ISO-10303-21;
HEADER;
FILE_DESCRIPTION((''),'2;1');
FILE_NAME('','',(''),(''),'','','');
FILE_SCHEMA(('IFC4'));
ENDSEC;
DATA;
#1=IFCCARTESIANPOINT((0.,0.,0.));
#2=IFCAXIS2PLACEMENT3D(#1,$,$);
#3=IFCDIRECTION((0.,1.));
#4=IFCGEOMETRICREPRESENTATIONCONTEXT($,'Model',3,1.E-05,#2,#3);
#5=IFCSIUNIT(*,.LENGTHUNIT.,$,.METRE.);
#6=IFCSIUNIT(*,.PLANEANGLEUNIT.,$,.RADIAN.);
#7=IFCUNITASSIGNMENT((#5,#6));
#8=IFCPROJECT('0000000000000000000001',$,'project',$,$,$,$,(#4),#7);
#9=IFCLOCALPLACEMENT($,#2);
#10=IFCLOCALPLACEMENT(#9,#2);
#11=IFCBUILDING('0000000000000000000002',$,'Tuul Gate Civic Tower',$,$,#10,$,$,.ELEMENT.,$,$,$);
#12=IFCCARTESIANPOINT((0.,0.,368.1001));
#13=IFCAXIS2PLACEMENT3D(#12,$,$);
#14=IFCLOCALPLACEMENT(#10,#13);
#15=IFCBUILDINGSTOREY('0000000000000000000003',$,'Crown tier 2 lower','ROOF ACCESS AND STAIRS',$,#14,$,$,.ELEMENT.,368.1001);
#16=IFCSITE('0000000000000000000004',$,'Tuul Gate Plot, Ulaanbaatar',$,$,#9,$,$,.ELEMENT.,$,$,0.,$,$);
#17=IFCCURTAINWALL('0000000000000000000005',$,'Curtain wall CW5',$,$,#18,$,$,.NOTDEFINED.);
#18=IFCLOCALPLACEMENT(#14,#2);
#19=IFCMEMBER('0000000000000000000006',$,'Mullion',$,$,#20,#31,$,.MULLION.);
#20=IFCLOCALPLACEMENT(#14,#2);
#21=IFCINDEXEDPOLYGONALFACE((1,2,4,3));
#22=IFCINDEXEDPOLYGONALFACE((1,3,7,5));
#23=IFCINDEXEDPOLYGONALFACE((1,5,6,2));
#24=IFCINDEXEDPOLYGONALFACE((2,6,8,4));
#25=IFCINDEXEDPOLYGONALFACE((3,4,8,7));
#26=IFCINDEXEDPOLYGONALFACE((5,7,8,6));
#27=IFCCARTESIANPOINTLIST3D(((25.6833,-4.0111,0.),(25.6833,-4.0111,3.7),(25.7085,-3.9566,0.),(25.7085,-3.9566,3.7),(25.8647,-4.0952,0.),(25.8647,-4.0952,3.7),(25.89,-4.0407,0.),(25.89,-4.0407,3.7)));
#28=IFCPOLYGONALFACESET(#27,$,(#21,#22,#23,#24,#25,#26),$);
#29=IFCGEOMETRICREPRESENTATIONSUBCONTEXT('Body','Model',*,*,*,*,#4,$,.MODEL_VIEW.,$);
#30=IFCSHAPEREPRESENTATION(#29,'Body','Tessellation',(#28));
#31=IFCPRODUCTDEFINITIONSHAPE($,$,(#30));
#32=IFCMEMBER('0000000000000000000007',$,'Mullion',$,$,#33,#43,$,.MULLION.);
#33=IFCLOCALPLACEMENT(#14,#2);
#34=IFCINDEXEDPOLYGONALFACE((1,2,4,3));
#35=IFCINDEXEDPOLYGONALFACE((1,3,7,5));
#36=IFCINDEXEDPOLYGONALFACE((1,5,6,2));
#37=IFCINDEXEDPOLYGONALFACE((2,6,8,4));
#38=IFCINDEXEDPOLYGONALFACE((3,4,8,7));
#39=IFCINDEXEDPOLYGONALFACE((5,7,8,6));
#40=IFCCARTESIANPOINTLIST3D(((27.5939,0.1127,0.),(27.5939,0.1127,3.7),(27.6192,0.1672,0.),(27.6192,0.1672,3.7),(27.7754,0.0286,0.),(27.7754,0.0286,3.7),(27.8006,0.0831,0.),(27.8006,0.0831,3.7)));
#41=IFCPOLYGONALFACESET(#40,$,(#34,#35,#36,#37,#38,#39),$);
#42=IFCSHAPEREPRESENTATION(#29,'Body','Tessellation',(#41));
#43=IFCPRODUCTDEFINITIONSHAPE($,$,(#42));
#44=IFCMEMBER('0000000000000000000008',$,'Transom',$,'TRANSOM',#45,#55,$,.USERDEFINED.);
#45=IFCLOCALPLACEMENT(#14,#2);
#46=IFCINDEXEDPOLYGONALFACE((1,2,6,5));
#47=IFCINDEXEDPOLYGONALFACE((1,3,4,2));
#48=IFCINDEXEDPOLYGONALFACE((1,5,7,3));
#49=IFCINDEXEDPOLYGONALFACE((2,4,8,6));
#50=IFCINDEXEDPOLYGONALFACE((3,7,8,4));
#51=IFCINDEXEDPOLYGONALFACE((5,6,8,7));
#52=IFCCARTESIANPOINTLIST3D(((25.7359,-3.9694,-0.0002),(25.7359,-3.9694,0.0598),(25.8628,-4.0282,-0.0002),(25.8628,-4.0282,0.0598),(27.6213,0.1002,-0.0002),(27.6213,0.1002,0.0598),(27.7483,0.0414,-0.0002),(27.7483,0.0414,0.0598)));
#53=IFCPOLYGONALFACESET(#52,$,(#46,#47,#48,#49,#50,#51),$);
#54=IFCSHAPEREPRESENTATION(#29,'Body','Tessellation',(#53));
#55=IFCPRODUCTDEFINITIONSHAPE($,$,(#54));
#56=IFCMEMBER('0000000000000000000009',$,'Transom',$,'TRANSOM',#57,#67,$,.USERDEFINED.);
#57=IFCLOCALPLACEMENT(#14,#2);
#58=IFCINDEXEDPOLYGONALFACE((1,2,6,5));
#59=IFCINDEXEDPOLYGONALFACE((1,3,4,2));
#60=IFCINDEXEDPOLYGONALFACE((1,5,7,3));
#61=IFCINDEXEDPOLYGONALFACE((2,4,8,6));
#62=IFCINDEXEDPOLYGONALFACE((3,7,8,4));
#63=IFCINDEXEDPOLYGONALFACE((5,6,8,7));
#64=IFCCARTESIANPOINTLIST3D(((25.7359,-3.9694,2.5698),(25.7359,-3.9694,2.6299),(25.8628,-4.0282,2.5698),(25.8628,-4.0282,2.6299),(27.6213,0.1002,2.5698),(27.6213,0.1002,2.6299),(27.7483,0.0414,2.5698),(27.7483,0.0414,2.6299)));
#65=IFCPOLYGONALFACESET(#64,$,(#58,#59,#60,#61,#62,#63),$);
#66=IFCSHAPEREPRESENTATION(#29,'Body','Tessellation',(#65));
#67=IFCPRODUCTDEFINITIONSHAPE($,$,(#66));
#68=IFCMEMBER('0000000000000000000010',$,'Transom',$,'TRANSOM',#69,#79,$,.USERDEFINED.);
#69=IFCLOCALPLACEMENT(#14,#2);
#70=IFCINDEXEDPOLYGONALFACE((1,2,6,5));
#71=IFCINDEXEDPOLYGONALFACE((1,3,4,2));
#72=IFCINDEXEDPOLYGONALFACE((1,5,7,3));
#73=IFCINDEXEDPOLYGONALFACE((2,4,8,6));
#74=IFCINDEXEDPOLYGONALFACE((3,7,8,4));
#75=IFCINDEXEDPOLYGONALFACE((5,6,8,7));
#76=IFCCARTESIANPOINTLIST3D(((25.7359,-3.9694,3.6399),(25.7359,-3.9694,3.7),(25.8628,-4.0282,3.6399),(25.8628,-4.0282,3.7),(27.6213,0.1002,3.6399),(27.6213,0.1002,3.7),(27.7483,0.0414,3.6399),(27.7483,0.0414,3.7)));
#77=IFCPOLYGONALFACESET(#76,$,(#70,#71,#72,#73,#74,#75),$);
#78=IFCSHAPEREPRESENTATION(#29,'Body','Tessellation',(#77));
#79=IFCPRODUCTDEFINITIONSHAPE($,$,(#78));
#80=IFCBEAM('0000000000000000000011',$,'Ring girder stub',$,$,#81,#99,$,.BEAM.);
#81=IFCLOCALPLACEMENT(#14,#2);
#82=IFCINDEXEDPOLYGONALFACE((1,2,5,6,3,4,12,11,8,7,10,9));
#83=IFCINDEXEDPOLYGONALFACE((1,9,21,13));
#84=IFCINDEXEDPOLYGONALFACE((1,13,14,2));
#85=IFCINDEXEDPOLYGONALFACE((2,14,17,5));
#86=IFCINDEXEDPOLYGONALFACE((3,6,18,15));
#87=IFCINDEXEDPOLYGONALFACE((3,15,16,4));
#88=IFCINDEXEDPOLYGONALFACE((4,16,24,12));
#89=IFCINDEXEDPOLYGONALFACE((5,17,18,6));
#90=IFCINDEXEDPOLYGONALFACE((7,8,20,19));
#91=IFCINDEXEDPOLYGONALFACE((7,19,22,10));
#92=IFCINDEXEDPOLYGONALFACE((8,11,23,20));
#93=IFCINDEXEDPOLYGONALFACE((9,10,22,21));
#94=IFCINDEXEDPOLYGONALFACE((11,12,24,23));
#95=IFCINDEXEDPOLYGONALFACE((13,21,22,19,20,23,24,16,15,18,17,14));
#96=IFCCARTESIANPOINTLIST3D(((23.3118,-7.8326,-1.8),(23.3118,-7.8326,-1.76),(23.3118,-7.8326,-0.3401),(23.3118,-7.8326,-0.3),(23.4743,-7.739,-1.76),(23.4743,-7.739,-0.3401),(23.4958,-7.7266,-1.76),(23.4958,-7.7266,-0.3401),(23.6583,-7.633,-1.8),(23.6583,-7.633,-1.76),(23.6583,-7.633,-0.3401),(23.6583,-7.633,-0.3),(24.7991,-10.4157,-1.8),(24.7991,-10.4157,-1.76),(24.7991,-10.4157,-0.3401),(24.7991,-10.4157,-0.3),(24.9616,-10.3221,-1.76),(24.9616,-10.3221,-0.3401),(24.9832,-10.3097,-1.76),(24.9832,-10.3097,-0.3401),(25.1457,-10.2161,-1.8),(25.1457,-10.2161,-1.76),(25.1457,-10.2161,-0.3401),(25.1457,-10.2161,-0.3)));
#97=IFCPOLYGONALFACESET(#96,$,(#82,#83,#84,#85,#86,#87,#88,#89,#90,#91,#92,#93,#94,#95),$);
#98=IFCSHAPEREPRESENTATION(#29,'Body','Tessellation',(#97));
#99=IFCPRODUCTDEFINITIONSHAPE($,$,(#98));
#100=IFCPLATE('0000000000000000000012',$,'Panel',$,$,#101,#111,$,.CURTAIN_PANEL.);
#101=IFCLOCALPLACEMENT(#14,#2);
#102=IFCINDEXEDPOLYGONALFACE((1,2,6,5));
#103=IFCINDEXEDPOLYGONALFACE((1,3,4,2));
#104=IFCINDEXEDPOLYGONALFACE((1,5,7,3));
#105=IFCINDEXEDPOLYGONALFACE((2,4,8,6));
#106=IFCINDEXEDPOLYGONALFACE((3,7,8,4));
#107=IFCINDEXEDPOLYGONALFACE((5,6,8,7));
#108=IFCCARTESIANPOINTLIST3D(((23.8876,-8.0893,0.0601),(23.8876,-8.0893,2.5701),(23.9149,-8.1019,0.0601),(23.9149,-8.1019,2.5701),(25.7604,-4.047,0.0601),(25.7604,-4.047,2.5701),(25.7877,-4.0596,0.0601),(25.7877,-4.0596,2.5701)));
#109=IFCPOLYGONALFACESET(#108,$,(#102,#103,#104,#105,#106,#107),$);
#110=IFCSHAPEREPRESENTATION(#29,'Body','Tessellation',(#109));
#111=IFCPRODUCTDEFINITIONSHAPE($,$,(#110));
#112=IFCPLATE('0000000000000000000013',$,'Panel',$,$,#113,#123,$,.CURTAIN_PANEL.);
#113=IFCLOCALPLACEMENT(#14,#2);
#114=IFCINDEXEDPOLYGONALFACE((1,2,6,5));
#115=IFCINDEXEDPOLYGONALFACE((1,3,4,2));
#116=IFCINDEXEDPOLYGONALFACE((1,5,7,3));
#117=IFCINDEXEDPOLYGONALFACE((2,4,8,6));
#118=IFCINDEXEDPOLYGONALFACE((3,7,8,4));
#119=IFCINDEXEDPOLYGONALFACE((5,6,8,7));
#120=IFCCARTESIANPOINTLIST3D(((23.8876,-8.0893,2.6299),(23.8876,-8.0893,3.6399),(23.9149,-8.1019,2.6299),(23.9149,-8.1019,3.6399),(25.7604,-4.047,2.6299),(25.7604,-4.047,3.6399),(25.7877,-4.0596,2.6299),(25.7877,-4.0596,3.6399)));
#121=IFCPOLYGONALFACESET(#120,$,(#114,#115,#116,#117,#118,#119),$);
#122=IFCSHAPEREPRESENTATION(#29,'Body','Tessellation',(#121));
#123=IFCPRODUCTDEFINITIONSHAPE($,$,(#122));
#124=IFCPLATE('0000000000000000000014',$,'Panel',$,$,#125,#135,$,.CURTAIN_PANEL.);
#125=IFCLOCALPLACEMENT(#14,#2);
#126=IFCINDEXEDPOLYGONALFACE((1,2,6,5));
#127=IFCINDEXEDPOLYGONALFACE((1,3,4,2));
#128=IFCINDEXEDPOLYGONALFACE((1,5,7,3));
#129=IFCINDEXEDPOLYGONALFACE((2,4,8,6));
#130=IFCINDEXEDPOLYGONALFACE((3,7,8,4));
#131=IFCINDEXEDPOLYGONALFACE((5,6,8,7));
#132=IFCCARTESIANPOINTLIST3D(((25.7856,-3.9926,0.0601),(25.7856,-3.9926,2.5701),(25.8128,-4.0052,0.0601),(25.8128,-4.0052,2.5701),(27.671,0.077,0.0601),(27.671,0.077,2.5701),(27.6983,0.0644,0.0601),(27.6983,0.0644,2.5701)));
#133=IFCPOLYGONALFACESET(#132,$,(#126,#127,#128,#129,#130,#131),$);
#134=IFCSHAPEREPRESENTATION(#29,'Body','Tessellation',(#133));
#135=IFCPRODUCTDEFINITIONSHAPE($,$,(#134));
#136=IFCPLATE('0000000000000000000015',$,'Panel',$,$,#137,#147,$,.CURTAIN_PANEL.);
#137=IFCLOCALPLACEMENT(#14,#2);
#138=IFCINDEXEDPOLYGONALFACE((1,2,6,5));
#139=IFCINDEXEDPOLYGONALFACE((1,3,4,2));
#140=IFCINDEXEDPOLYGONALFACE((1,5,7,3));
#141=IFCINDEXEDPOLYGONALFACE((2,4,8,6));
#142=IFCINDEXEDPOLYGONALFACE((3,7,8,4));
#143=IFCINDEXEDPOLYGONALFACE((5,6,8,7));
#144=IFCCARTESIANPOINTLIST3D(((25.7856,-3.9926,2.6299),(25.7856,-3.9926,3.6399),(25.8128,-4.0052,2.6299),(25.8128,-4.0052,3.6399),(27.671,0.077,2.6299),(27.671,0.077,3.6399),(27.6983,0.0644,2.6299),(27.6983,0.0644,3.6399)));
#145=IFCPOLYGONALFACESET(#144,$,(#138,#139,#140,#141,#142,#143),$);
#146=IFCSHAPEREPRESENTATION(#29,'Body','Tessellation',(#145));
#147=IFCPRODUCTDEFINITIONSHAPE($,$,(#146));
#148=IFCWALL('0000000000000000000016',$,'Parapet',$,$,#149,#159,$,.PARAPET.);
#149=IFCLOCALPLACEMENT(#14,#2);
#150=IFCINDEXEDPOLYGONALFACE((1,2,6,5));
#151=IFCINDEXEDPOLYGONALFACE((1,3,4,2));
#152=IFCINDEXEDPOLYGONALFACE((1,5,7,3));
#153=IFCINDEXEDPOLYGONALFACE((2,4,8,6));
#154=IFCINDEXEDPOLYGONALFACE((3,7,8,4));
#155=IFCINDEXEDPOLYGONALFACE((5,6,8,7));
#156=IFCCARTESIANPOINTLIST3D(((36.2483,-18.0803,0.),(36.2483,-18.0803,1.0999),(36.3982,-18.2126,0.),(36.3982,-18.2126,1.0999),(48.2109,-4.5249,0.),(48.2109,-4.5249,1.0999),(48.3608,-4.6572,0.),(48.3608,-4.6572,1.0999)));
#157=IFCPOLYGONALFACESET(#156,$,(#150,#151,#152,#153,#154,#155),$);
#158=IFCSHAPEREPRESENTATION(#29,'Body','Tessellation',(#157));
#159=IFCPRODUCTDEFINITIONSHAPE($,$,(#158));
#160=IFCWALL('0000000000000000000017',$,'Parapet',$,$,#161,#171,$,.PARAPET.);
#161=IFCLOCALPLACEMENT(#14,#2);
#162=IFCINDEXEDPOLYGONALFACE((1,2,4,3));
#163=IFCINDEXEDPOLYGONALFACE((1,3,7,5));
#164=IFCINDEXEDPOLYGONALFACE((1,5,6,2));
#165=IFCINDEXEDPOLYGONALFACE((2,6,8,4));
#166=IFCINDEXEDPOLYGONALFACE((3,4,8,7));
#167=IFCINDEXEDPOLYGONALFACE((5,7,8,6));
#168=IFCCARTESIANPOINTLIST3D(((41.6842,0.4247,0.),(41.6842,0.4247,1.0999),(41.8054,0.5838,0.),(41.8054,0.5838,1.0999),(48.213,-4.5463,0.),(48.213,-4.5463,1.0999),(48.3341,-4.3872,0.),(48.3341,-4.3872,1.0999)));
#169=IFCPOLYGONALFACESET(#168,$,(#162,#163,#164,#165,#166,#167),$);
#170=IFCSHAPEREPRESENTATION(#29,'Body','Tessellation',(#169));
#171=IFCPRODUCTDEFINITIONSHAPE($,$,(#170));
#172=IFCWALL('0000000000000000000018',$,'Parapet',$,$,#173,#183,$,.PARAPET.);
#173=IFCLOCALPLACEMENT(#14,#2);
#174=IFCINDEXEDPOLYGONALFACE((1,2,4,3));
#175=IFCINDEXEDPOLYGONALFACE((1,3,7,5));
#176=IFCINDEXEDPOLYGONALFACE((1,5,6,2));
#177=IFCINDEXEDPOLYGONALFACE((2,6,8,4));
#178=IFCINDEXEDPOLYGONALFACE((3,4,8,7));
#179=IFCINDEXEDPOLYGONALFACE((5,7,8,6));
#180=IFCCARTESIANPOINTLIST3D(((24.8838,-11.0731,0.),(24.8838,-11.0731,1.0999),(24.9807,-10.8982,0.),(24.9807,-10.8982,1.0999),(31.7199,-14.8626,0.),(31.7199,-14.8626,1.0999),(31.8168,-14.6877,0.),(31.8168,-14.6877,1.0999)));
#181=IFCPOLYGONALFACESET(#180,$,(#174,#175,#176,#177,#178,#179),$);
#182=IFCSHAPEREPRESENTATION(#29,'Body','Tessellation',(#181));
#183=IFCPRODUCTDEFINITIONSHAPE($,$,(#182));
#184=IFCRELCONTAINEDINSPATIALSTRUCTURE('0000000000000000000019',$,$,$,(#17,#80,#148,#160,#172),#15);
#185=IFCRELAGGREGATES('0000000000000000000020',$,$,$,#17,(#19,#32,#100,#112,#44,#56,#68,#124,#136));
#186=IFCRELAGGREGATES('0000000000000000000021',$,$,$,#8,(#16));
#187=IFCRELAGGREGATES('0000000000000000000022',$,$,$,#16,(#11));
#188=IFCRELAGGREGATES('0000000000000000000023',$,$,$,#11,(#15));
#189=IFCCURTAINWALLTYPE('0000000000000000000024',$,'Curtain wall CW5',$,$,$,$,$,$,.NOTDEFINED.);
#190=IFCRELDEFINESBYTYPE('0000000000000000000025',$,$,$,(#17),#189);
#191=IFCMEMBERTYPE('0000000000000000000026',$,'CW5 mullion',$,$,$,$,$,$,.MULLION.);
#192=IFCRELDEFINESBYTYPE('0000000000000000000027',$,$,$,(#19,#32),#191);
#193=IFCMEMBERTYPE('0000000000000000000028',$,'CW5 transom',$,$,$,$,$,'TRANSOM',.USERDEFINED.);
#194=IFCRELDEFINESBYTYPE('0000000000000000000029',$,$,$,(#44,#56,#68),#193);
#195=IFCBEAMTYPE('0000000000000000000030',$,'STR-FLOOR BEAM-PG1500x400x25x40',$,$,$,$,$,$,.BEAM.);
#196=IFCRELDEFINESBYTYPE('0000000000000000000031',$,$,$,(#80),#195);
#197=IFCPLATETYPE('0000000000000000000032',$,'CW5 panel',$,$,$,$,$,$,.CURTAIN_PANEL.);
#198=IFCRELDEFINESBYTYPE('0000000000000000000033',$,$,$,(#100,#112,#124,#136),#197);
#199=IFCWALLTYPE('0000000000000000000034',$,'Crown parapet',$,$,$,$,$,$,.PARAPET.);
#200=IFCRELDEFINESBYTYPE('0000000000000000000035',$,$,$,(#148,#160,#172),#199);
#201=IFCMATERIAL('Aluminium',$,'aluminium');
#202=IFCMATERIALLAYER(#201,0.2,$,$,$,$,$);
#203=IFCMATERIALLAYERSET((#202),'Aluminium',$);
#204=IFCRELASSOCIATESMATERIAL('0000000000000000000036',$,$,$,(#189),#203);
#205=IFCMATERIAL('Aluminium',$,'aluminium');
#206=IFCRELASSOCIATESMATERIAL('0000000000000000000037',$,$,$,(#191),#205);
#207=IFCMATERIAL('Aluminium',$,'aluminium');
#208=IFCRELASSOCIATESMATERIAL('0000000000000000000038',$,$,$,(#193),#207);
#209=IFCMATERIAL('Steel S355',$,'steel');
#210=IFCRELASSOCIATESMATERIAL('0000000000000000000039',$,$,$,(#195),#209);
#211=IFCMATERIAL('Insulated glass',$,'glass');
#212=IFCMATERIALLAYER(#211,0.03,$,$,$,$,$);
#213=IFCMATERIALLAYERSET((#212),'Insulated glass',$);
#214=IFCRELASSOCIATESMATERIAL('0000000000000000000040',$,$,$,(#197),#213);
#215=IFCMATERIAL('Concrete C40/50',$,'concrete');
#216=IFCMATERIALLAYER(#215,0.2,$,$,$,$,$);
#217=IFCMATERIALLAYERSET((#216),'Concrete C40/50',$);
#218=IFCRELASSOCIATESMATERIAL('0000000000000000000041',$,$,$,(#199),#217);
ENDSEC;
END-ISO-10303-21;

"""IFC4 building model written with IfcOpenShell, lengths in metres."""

from ifc_helpers import new_model, si_unit, direction, frame, frame_2d, origin, origin_2d, place, context, subcontext, project, spatial, rectangle, i_section, extrude, material, layer, layer_set, material_profile, profile_set, type_object, element, aggregate, save


model = new_model("IFC4")

# Units and contexts
model_context = context("Model", 3, precision=1e-05, world=origin(), true_north=direction((0.0, 1.0)))
body_context = subcontext(model_context, "Body", "Model", "MODEL_VIEW")
ifc_project = project(units=[si_unit("LENGTHUNIT", "METRE"), si_unit("PLANEANGLEUNIT", "RADIAN")], contexts=[model_context])

# Site, building, storey
site_placement = place(None, origin())
site = spatial("IfcSite", under=ifc_project, at=site_placement, Name="Tuul Gate Plot, Ulaanbaatar", CompositionType="ELEMENT", RefElevation=0.0)
building_placement = place(site_placement, origin())
building = spatial("IfcBuilding", under=site, at=building_placement, Name="Tuul Gate Civic Tower", CompositionType="ELEMENT")
storey_placement = place(building_placement, frame((0.0, 0.0, 368.1001)))
storey = spatial("IfcBuildingStorey", under=building, at=storey_placement, Name="Crown tier 2 lower", Description="ROOF ACCESS AND STAIRS", CompositionType="ELEMENT", Elevation=368.1001)

# Curtain wall, members
ifc_material_1 = material(Name="Aluminium", Category="aluminium")
ifc_layer_1 = layer(ifc_material_1, 0.2)
ifc_layer_set_1 = layer_set([ifc_layer_1], Name="Aluminium")
curtain_wall_type = type_object("IfcCurtainWallType", Name="Curtain wall CW5", PredefinedType="NOTDEFINED", material=ifc_layer_set_1)
curtain_wall_placement = place(storey_placement, origin())
curtain_wall = element("IfcCurtainWall", 1, at=curtain_wall_placement, inside=storey, type_object=curtain_wall_type, Name="Curtain wall CW5", PredefinedType="NOTDEFINED")
ifc_material_2 = material(Name="Aluminium", Category="aluminium")
ifc_material_profile_1 = material_profile(ifc_material_2, rectangle(XDim=0.2, YDim=0.0601, at=origin_2d()), Name="CW5 mullion")
ifc_profile_set_1 = profile_set([ifc_material_profile_1], Name="Aluminium")
member_type_1 = type_object("IfcMemberType", Name="CW5 mullion", PredefinedType="MULLION", material=ifc_profile_set_1)
member_1_placement = place(storey_placement, frame((25.7866, -4.0259, 0.0), z_axis=(0.0, 0.0, 1.0), x_axis=(-0.907349, 0.420379, 0.0)))
member_1 = element("IfcMember", 2, at=member_1_placement, type_object=member_type_1, Name="Mullion", PredefinedType="MULLION", context=body_context, shape_type="SweptSolid", body=[
    extrude(rectangle(XDim=0.2, YDim=0.0601, at=origin_2d()), origin(), (0.0, 0.0, 1.0), 3.7),
])
member_2_placement = place(storey_placement, frame((27.6973, 0.0979, 0.0), z_axis=(0.0, 0.0, 1.0), x_axis=(-0.907349, 0.420379, 0.0)))
member_2 = element("IfcMember", 3, at=member_2_placement, type_object=member_type_1, Name="Mullion", PredefinedType="MULLION", context=body_context, shape_type="SweptSolid", body=[
    extrude(rectangle(XDim=0.2, YDim=0.0601, at=origin_2d()), origin(), (0.0, 0.0, 1.0), 3.7),
])
ifc_material_3 = material(Name="Aluminium", Category="aluminium")
ifc_material_profile_2 = material_profile(ifc_material_3, rectangle(XDim=0.1399, YDim=0.0601, at=origin_2d()), Name="CW5 transom")
ifc_profile_set_2 = profile_set([ifc_material_profile_2], Name="Aluminium")
member_type_2 = type_object("IfcMemberType", Name="CW5 transom", ElementType="TRANSOM", PredefinedType="USERDEFINED", material=ifc_profile_set_2)
member_3_placement = place(storey_placement, frame((25.7993, -3.9988, 0.0298), z_axis=(0.420387, 0.907345, 0.0), x_axis=(-0.907345, 0.420387, 0.0)))
member_3 = element("IfcMember", 4, at=member_3_placement, type_object=member_type_2, Name="Transom", ObjectType="TRANSOM", PredefinedType="USERDEFINED", context=body_context, shape_type="SweptSolid", body=[
    extrude(rectangle(XDim=0.1399, YDim=0.0601, at=origin_2d()), origin(), (0.0, 0.0, 1.0), 4.4851),
])
member_4_placement = place(storey_placement, frame((25.7993, -3.9988, 2.5999), z_axis=(0.420387, 0.907345, 0.0), x_axis=(-0.907345, 0.420387, 0.0)))
member_4 = element("IfcMember", 5, at=member_4_placement, type_object=member_type_2, Name="Transom", ObjectType="TRANSOM", PredefinedType="USERDEFINED", context=body_context, shape_type="SweptSolid", body=[
    extrude(rectangle(XDim=0.1399, YDim=0.0601, at=origin_2d()), origin(), (0.0, 0.0, 1.0), 4.4851),
])
member_5_placement = place(storey_placement, frame((25.7993, -3.9988, 3.6699), z_axis=(0.420387, 0.907345, 0.0), x_axis=(-0.907345, 0.420387, 0.0)))
member_5 = element("IfcMember", 6, at=member_5_placement, type_object=member_type_2, Name="Transom", ObjectType="TRANSOM", PredefinedType="USERDEFINED", context=body_context, shape_type="SweptSolid", body=[
    extrude(rectangle(XDim=0.1399, YDim=0.0601, at=origin_2d()), origin(), (0.0, 0.0, 1.0), 4.4851),
])

# Beam
ifc_material_4 = material(Name="Steel S355", Category="steel")
ifc_material_profile_3 = material_profile(ifc_material_4, i_section(OverallWidth=0.3999, OverallDepth=1.5, WebThickness=0.0249, FlangeThickness=0.04, at=origin_2d()), Name="PG1500x400x25x40")
ifc_profile_set_3 = profile_set([ifc_material_profile_3], Name="Steel S355")
beam_type = type_object("IfcBeamType", Name="STR-FLOOR BEAM-PG1500x400x25x40", PredefinedType="BEAM", material=ifc_profile_set_3)
beam_placement = place(storey_placement, frame((24.9724, -10.3159, -1.05), z_axis=(-0.498994, 0.866605, 0.0), x_axis=(-0.866605, -0.498994, 0.0)))
element("IfcBeam", 7, at=beam_placement, inside=storey, type_object=beam_type, Name="Ring girder stub", PredefinedType="BEAM", context=body_context, shape_type="SweptSolid", body=[
    extrude(i_section(OverallWidth=0.3999, OverallDepth=1.5, WebThickness=0.0249, FlangeThickness=0.04, at=origin_2d()), origin(), (0.0, 0.0, 1.0), 2.9807),
])

# Plates
ifc_material_5 = material(Name="Insulated glass", Category="glass")
ifc_layer_2 = layer(ifc_material_5, 0.03)
ifc_layer_set_2 = layer_set([ifc_layer_2], Name="Insulated glass")
plate_type = type_object("IfcPlateType", Name="CW5 panel", PredefinedType="CURTAIN_PANEL", material=ifc_layer_set_2)
plate_1_placement = place(storey_placement, frame((24.8376, -6.0745, 0.0601), z_axis=(0.0, 0.0, 1.0), x_axis=(0.420379, 0.907349, 0.0)))
plate_1 = element("IfcPlate", 8, at=plate_1_placement, type_object=plate_type, Name="Panel", PredefinedType="CURTAIN_PANEL", context=body_context, shape_type="SweptSolid", body=[
    extrude(rectangle(XDim=4.4551, YDim=0.03, at=origin_2d()), origin(), (0.0, 0.0, 1.0), 2.51),
])
plate_2_placement = place(storey_placement, frame((24.8376, -6.0745, 2.6299), z_axis=(0.0, 0.0, 1.0), x_axis=(0.420379, 0.907349, 0.0)))
plate_2 = element("IfcPlate", 9, at=plate_2_placement, type_object=plate_type, Name="Panel", PredefinedType="CURTAIN_PANEL", context=body_context, shape_type="SweptSolid", body=[
    extrude(rectangle(XDim=4.4551, YDim=0.03, at=origin_2d()), origin(), (0.0, 0.0, 1.0), 1.01),
])
plate_3_placement = place(storey_placement, frame((26.7419, -1.9641, 0.0601), z_axis=(0.0, 0.0, 1.0), x_axis=(0.420379, 0.907349, 0.0)))
plate_3 = element("IfcPlate", 10, at=plate_3_placement, type_object=plate_type, Name="Panel", PredefinedType="CURTAIN_PANEL", context=body_context, shape_type="SweptSolid", body=[
    extrude(rectangle(XDim=4.4851, YDim=0.03, at=origin_2d()), origin(), (0.0, 0.0, 1.0), 2.51),
])
plate_4_placement = place(storey_placement, frame((26.7419, -1.9641, 2.6299), z_axis=(0.0, 0.0, 1.0), x_axis=(0.420379, 0.907349, 0.0)))
plate_4 = element("IfcPlate", 11, at=plate_4_placement, type_object=plate_type, Name="Panel", PredefinedType="CURTAIN_PANEL", context=body_context, shape_type="SweptSolid", body=[
    extrude(rectangle(XDim=4.4851, YDim=0.03, at=origin_2d()), origin(), (0.0, 0.0, 1.0), 1.01),
])
aggregate(curtain_wall, [member_1, member_2, plate_1, plate_2, member_3, member_4, member_5, plate_3, plate_4])

# Walls
ifc_material_6 = material(Name="Concrete C40/50", Category="concrete")
ifc_layer_3 = layer(ifc_material_6, 0.2)
ifc_layer_set_3 = layer_set([ifc_layer_3], Name="Concrete C40/50")
wall_type_1 = type_object("IfcWallType", Name="Crown parapet", PredefinedType="PARAPET", material=ifc_layer_set_3)
wall_1_placement = place(storey_placement, frame((36.3232, -18.1465, 0.0), z_axis=(0.0, 0.0, 1.0), x_axis=(0.661683, 0.749783, 0.0)))
element("IfcWall", 12, at=wall_1_placement, inside=storey, type_object=wall_type_1, Name="Parapet", PredefinedType="PARAPET", context=body_context, shape_type="SweptSolid", body=[
    extrude(rectangle(XDim=18.0791, YDim=0.2, at=frame_2d((9.0396, 0.0))), origin(), (0.0, 0.0, 1.0), 1.0999),
])
wall_2_placement = place(storey_placement, frame((48.2737, -4.4668, 0.0), z_axis=(0.0, 0.0, 1.0), x_axis=(-0.79563, 0.605782, 0.0)))
element("IfcWall", 13, at=wall_2_placement, inside=storey, type_object=wall_type_1, Name="Parapet", PredefinedType="PARAPET", context=body_context, shape_type="SweptSolid", body=[
    extrude(rectangle(XDim=8.2058, YDim=0.2, at=frame_2d((4.103, 0.0))), origin(), (0.0, 0.0, 1.0), 1.0999),
])
wall_3_placement = place(storey_placement, frame((24.9321, -10.9856, 0.0), z_axis=(0.0, 0.0, 1.0), x_axis=(0.874609, -0.484829, 0.0)))
element("IfcWall", 14, at=wall_3_placement, inside=storey, type_object=wall_type_1, Name="Parapet", PredefinedType="PARAPET", context=body_context, shape_type="SweptSolid", body=[
    extrude(rectangle(XDim=7.8162, YDim=0.2, at=frame_2d((3.9082, 0.0))), origin(), (0.0, 0.0, 1.0), 1.0999),
])

save(model, "model.ifc")
